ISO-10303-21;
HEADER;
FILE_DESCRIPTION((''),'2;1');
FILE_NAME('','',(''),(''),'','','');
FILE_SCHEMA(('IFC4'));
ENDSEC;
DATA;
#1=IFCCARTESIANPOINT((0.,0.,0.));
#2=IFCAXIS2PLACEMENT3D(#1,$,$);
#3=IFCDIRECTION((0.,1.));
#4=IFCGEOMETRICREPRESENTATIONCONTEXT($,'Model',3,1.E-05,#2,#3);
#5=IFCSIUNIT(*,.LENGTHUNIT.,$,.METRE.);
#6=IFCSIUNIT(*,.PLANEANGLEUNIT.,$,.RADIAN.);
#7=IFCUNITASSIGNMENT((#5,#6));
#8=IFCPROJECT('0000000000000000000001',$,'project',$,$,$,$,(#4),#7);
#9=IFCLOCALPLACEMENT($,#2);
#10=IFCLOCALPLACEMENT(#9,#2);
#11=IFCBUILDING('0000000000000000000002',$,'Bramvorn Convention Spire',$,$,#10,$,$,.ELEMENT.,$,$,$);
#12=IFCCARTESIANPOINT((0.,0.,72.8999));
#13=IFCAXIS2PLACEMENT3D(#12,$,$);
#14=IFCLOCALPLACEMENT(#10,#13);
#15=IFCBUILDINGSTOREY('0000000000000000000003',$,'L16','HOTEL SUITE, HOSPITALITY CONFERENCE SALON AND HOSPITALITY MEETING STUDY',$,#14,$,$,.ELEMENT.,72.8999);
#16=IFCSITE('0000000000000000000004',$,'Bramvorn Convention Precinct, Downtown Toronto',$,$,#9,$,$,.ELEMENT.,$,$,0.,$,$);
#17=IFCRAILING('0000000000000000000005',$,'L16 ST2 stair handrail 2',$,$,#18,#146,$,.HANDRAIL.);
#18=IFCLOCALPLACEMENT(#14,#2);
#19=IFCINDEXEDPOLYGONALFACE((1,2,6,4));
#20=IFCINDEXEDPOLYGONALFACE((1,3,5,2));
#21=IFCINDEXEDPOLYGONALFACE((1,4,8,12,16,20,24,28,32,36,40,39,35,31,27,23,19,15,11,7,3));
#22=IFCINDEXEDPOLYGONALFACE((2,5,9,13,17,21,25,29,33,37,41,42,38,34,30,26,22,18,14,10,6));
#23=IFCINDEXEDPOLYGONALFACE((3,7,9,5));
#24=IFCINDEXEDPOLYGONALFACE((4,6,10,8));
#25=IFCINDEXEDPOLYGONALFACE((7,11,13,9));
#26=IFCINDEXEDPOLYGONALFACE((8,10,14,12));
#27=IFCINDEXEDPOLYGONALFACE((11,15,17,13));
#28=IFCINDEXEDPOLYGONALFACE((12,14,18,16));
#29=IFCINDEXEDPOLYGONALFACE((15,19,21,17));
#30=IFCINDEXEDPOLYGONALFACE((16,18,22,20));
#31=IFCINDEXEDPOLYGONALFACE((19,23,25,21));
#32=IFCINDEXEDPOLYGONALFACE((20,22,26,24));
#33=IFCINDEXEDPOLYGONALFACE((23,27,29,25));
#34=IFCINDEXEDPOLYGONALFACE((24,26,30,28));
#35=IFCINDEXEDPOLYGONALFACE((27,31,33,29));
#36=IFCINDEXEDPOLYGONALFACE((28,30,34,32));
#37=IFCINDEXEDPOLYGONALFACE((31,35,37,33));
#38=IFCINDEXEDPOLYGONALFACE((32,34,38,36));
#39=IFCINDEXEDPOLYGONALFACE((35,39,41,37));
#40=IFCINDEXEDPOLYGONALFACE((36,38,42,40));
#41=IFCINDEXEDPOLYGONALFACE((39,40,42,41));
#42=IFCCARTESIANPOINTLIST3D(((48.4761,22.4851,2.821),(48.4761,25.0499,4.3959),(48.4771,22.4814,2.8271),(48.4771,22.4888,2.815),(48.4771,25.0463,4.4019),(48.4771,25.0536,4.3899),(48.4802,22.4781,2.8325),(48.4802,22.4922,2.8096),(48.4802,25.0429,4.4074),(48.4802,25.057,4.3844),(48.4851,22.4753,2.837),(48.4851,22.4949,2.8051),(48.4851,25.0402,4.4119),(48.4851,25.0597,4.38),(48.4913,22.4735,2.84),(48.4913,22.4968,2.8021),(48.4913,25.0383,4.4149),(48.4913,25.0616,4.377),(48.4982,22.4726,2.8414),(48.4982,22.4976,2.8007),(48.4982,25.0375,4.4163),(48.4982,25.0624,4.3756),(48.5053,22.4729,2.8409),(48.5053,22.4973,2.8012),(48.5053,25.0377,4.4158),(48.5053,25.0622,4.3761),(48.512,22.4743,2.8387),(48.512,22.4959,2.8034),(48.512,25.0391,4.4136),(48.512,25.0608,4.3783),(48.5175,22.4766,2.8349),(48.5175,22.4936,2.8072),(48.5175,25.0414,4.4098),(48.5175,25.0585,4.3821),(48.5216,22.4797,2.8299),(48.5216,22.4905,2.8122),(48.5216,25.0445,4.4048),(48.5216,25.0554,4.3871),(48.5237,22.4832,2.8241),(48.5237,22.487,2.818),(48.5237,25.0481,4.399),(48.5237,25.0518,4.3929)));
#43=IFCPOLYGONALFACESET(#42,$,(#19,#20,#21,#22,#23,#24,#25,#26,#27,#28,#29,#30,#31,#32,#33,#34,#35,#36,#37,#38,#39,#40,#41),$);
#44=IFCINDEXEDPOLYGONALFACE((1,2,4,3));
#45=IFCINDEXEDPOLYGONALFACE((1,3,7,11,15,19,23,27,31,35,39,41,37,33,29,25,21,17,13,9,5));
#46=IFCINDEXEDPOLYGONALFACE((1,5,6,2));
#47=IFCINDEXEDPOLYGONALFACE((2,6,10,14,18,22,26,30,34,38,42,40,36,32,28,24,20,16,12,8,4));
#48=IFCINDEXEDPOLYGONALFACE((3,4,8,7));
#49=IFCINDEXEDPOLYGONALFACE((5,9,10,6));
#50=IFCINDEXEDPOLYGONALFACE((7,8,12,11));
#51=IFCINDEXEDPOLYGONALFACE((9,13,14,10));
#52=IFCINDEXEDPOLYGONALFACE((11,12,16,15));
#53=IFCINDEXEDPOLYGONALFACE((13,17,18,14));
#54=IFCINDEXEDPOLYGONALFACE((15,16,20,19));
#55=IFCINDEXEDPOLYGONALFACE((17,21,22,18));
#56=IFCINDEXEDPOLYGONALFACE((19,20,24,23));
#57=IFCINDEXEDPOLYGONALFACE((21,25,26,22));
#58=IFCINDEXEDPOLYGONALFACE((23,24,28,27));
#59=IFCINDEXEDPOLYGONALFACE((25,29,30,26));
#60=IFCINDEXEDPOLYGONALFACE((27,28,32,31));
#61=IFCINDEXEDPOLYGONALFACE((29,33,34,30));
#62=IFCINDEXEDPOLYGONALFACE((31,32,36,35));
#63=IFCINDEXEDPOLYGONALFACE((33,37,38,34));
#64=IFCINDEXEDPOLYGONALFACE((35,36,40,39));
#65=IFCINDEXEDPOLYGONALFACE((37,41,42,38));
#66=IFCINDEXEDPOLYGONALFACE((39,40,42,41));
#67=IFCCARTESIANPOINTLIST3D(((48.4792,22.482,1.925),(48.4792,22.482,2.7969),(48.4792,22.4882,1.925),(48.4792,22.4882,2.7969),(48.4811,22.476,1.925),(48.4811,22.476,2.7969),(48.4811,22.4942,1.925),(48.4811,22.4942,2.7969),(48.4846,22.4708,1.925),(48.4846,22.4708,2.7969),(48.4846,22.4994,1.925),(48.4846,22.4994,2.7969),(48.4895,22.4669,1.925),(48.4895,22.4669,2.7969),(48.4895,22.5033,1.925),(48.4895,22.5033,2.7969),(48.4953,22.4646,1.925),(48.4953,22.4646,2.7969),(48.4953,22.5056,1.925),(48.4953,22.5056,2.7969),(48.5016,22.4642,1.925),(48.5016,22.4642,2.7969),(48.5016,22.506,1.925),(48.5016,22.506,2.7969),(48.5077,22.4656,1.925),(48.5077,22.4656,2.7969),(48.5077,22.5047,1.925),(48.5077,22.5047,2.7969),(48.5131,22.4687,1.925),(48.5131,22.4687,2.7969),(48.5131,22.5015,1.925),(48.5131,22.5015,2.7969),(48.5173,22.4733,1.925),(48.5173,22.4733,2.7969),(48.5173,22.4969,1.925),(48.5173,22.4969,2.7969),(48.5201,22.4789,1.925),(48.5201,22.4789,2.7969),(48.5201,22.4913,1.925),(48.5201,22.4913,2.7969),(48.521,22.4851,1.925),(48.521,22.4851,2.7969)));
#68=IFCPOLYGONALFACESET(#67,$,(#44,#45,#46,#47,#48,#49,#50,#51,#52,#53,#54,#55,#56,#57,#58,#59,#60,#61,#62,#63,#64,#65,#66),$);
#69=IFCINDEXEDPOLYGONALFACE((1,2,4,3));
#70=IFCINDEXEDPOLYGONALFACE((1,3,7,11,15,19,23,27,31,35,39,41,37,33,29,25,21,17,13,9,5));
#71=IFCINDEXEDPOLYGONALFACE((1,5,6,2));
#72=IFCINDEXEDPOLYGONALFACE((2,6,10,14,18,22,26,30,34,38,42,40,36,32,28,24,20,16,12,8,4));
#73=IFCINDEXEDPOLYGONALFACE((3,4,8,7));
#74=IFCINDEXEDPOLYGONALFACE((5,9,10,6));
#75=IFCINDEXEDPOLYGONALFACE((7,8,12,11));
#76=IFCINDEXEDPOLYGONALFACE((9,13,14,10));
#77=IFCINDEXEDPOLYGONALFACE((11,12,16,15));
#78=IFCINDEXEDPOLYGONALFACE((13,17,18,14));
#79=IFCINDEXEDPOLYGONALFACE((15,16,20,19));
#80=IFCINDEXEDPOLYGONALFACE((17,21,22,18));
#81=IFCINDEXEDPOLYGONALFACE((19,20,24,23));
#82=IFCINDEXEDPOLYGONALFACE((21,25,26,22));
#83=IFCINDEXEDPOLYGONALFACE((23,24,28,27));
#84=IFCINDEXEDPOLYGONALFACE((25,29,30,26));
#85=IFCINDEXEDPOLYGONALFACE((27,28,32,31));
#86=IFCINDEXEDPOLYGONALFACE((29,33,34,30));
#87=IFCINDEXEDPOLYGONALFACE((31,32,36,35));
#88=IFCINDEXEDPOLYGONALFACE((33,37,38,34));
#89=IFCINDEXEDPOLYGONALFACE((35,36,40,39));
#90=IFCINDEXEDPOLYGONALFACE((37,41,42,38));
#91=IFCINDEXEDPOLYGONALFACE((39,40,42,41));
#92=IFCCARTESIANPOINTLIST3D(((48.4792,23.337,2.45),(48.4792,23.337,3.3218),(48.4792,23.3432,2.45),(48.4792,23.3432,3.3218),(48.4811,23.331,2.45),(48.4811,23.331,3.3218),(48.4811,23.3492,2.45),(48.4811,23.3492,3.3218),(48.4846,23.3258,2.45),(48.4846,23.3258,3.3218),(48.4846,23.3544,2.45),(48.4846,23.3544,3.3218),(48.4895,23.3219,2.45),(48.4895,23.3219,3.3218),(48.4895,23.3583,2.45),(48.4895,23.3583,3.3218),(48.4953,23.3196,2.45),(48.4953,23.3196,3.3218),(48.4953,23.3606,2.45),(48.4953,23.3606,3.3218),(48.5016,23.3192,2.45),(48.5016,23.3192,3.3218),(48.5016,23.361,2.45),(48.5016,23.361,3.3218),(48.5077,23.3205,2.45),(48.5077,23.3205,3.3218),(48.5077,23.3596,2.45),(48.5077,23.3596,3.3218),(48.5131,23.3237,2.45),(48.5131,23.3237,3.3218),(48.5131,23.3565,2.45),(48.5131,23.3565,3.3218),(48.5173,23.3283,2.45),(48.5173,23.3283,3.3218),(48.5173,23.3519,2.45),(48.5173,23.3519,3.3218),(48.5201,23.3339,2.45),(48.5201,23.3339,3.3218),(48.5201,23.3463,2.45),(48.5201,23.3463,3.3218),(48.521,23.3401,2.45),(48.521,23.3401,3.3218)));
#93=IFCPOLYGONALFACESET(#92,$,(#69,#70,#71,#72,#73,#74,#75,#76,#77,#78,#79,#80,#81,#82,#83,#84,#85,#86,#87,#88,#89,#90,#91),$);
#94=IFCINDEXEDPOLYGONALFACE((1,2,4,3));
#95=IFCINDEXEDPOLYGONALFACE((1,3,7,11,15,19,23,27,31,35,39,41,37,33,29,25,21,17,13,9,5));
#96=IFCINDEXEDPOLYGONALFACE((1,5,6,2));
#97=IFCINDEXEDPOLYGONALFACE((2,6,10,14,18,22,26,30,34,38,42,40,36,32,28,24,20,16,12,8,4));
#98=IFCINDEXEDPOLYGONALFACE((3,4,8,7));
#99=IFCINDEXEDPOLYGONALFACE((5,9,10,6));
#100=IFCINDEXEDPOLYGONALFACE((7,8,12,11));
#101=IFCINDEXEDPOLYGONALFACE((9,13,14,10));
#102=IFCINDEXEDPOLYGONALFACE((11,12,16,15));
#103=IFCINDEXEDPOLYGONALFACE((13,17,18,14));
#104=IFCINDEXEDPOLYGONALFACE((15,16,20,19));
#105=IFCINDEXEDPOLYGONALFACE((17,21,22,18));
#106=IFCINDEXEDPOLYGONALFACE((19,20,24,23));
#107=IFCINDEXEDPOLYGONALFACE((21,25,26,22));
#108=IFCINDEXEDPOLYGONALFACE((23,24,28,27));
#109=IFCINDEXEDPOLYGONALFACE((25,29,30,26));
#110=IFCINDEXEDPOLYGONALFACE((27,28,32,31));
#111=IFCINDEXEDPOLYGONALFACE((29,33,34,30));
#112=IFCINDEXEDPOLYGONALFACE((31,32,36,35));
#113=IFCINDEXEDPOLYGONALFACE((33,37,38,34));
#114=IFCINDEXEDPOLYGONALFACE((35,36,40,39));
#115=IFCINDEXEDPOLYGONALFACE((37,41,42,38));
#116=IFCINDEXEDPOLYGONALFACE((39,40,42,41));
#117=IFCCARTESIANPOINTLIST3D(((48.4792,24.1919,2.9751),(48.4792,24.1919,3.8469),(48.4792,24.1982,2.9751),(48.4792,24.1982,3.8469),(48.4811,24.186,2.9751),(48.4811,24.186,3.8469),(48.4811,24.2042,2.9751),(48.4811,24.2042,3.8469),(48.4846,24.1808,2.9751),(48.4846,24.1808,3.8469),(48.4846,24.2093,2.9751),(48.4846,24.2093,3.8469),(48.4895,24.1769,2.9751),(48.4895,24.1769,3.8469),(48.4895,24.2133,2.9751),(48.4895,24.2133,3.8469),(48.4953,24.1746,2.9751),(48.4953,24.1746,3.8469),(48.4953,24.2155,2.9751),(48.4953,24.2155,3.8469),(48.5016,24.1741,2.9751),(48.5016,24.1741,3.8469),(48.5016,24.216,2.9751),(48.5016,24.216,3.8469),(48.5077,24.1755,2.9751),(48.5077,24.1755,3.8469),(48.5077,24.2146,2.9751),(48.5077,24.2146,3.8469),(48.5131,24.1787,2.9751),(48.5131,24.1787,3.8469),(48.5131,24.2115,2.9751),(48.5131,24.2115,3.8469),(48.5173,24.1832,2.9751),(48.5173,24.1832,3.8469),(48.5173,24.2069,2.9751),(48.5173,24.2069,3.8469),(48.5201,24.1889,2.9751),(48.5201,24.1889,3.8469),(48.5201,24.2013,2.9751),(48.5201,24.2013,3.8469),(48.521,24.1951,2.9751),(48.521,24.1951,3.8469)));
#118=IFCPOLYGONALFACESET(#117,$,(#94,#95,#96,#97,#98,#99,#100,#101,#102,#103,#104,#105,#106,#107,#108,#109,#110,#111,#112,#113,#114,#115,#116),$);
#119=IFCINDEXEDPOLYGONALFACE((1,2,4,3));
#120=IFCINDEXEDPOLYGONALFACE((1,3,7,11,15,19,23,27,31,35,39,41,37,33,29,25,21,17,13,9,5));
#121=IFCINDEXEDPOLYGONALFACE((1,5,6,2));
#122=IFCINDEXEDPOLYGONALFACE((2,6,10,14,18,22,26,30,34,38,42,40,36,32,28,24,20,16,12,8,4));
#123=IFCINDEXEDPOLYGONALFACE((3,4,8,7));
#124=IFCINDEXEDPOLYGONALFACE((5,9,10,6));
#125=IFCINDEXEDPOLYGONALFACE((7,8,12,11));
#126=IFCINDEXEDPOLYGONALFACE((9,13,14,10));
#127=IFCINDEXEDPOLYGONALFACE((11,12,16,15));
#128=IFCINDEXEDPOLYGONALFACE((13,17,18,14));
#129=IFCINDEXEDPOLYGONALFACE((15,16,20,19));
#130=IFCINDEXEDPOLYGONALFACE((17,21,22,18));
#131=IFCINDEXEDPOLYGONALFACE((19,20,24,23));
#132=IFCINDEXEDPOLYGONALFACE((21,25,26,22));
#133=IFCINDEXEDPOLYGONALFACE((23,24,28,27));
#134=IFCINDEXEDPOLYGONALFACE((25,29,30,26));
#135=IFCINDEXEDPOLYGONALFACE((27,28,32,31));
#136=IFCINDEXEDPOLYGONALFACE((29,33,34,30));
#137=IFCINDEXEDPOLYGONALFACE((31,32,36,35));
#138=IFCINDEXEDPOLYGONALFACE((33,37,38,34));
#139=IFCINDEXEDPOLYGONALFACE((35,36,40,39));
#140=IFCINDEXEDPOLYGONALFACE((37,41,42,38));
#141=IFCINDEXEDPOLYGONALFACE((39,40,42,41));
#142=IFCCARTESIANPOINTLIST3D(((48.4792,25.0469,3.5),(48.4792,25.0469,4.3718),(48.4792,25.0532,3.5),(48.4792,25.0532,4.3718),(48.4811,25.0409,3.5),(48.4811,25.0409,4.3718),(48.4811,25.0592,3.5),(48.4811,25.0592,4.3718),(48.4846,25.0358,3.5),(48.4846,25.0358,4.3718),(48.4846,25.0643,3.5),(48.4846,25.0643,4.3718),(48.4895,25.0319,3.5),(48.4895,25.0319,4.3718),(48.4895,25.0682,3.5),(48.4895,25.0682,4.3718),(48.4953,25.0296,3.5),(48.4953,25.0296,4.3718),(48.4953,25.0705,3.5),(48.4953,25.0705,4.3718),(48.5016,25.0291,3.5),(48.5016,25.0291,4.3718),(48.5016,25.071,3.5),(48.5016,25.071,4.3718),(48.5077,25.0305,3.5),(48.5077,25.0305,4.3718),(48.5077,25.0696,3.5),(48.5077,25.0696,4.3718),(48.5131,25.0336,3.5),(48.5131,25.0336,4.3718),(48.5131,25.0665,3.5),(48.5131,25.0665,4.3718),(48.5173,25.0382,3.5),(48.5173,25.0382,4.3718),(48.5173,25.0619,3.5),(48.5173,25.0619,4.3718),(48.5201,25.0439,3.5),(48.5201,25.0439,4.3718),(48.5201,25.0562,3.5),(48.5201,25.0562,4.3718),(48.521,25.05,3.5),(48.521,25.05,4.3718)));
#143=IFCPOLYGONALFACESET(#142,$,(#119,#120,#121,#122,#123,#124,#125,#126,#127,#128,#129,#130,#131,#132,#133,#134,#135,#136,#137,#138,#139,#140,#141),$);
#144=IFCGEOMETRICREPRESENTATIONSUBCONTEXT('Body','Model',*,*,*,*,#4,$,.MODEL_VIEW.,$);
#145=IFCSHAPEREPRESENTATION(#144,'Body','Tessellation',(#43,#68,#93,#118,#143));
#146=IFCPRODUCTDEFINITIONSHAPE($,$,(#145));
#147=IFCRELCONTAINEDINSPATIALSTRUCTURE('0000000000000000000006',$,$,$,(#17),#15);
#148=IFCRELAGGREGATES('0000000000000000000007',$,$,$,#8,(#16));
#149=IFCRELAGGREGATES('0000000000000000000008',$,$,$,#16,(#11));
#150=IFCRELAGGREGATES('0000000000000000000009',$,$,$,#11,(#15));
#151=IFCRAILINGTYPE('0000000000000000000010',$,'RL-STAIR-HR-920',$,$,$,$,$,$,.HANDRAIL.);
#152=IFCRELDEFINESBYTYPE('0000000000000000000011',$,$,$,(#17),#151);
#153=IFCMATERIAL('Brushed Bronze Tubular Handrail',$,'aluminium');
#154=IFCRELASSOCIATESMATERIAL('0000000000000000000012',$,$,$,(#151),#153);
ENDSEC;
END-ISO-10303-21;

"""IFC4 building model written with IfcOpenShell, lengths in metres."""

from ifc_helpers import new_model, si_unit, direction, frame, origin, origin_2d, place, context, subcontext, project, spatial, circle, extrude, material, type_object, element, save


model = new_model("IFC4")

# Units and contexts
model_context = context("Model", 3, precision=1e-05, world=origin(), true_north=direction((0.0, 1.0)))
body_context = subcontext(model_context, "Body", "Model", "MODEL_VIEW")
ifc_project = project(units=[si_unit("LENGTHUNIT", "METRE"), si_unit("PLANEANGLEUNIT", "RADIAN")], contexts=[model_context])

# Site, building, storey
site_placement = place(None, origin())
site = spatial("IfcSite", under=ifc_project, at=site_placement, Name="Bramvorn Convention Precinct, Downtown Toronto", CompositionType="ELEMENT", RefElevation=0.0)
building_placement = place(site_placement, origin())
building = spatial("IfcBuilding", under=site, at=building_placement, Name="Bramvorn Convention Spire", CompositionType="ELEMENT")
storey_placement = place(building_placement, frame((0.0, 0.0, 72.8999)))
storey = spatial("IfcBuildingStorey", under=building, at=storey_placement, Name="L16", Description="HOTEL SUITE, HOSPITALITY CONFERENCE SALON AND HOSPITALITY MEETING STUDY", CompositionType="ELEMENT", Elevation=72.8999)

# Railing
ifc_material_1 = material(Name="Brushed Bronze Tubular Handrail", Category="aluminium")
railing_type_1 = type_object("IfcRailingType", Name="RL-STAIR-HR-920", PredefinedType="HANDRAIL", material=ifc_material_1)
railing_1_placement = place(storey_placement, frame((48.5, 22.4851, 1.925)))
element("IfcRailing", 1, at=railing_1_placement, inside=storey, type_object=railing_type_1, Name="L16 ST2 stair handrail 2", PredefinedType="HANDRAIL", context=body_context, shape_type="SweptSolid", body=[
    extrude(circle(Radius=0.0239, at=origin_2d()), frame((0.0, 0.0, 0.896), z_axis=(0.0, 0.852173, 0.52326), x_axis=(-1.0, 0.0, 0.0)), (0.0, 0.0, 1.0), 3.0098),
    extrude(circle(Radius=0.021, at=origin_2d()), origin(), (0.0, 0.0, 1.0), 0.8718),
    extrude(circle(Radius=0.021, at=origin_2d()), frame((0.0, 0.855, 0.5249)), (0.0, 0.0, 1.0), 0.8718),
    extrude(circle(Radius=0.021, at=origin_2d()), frame((0.0, 1.71, 1.05)), (0.0, 0.0, 1.0), 0.8718),
    extrude(circle(Radius=0.021, at=origin_2d()), frame((0.0, 2.5649, 1.575)), (0.0, 0.0, 1.0), 0.8718),
])

save(model, "model.ifc")
